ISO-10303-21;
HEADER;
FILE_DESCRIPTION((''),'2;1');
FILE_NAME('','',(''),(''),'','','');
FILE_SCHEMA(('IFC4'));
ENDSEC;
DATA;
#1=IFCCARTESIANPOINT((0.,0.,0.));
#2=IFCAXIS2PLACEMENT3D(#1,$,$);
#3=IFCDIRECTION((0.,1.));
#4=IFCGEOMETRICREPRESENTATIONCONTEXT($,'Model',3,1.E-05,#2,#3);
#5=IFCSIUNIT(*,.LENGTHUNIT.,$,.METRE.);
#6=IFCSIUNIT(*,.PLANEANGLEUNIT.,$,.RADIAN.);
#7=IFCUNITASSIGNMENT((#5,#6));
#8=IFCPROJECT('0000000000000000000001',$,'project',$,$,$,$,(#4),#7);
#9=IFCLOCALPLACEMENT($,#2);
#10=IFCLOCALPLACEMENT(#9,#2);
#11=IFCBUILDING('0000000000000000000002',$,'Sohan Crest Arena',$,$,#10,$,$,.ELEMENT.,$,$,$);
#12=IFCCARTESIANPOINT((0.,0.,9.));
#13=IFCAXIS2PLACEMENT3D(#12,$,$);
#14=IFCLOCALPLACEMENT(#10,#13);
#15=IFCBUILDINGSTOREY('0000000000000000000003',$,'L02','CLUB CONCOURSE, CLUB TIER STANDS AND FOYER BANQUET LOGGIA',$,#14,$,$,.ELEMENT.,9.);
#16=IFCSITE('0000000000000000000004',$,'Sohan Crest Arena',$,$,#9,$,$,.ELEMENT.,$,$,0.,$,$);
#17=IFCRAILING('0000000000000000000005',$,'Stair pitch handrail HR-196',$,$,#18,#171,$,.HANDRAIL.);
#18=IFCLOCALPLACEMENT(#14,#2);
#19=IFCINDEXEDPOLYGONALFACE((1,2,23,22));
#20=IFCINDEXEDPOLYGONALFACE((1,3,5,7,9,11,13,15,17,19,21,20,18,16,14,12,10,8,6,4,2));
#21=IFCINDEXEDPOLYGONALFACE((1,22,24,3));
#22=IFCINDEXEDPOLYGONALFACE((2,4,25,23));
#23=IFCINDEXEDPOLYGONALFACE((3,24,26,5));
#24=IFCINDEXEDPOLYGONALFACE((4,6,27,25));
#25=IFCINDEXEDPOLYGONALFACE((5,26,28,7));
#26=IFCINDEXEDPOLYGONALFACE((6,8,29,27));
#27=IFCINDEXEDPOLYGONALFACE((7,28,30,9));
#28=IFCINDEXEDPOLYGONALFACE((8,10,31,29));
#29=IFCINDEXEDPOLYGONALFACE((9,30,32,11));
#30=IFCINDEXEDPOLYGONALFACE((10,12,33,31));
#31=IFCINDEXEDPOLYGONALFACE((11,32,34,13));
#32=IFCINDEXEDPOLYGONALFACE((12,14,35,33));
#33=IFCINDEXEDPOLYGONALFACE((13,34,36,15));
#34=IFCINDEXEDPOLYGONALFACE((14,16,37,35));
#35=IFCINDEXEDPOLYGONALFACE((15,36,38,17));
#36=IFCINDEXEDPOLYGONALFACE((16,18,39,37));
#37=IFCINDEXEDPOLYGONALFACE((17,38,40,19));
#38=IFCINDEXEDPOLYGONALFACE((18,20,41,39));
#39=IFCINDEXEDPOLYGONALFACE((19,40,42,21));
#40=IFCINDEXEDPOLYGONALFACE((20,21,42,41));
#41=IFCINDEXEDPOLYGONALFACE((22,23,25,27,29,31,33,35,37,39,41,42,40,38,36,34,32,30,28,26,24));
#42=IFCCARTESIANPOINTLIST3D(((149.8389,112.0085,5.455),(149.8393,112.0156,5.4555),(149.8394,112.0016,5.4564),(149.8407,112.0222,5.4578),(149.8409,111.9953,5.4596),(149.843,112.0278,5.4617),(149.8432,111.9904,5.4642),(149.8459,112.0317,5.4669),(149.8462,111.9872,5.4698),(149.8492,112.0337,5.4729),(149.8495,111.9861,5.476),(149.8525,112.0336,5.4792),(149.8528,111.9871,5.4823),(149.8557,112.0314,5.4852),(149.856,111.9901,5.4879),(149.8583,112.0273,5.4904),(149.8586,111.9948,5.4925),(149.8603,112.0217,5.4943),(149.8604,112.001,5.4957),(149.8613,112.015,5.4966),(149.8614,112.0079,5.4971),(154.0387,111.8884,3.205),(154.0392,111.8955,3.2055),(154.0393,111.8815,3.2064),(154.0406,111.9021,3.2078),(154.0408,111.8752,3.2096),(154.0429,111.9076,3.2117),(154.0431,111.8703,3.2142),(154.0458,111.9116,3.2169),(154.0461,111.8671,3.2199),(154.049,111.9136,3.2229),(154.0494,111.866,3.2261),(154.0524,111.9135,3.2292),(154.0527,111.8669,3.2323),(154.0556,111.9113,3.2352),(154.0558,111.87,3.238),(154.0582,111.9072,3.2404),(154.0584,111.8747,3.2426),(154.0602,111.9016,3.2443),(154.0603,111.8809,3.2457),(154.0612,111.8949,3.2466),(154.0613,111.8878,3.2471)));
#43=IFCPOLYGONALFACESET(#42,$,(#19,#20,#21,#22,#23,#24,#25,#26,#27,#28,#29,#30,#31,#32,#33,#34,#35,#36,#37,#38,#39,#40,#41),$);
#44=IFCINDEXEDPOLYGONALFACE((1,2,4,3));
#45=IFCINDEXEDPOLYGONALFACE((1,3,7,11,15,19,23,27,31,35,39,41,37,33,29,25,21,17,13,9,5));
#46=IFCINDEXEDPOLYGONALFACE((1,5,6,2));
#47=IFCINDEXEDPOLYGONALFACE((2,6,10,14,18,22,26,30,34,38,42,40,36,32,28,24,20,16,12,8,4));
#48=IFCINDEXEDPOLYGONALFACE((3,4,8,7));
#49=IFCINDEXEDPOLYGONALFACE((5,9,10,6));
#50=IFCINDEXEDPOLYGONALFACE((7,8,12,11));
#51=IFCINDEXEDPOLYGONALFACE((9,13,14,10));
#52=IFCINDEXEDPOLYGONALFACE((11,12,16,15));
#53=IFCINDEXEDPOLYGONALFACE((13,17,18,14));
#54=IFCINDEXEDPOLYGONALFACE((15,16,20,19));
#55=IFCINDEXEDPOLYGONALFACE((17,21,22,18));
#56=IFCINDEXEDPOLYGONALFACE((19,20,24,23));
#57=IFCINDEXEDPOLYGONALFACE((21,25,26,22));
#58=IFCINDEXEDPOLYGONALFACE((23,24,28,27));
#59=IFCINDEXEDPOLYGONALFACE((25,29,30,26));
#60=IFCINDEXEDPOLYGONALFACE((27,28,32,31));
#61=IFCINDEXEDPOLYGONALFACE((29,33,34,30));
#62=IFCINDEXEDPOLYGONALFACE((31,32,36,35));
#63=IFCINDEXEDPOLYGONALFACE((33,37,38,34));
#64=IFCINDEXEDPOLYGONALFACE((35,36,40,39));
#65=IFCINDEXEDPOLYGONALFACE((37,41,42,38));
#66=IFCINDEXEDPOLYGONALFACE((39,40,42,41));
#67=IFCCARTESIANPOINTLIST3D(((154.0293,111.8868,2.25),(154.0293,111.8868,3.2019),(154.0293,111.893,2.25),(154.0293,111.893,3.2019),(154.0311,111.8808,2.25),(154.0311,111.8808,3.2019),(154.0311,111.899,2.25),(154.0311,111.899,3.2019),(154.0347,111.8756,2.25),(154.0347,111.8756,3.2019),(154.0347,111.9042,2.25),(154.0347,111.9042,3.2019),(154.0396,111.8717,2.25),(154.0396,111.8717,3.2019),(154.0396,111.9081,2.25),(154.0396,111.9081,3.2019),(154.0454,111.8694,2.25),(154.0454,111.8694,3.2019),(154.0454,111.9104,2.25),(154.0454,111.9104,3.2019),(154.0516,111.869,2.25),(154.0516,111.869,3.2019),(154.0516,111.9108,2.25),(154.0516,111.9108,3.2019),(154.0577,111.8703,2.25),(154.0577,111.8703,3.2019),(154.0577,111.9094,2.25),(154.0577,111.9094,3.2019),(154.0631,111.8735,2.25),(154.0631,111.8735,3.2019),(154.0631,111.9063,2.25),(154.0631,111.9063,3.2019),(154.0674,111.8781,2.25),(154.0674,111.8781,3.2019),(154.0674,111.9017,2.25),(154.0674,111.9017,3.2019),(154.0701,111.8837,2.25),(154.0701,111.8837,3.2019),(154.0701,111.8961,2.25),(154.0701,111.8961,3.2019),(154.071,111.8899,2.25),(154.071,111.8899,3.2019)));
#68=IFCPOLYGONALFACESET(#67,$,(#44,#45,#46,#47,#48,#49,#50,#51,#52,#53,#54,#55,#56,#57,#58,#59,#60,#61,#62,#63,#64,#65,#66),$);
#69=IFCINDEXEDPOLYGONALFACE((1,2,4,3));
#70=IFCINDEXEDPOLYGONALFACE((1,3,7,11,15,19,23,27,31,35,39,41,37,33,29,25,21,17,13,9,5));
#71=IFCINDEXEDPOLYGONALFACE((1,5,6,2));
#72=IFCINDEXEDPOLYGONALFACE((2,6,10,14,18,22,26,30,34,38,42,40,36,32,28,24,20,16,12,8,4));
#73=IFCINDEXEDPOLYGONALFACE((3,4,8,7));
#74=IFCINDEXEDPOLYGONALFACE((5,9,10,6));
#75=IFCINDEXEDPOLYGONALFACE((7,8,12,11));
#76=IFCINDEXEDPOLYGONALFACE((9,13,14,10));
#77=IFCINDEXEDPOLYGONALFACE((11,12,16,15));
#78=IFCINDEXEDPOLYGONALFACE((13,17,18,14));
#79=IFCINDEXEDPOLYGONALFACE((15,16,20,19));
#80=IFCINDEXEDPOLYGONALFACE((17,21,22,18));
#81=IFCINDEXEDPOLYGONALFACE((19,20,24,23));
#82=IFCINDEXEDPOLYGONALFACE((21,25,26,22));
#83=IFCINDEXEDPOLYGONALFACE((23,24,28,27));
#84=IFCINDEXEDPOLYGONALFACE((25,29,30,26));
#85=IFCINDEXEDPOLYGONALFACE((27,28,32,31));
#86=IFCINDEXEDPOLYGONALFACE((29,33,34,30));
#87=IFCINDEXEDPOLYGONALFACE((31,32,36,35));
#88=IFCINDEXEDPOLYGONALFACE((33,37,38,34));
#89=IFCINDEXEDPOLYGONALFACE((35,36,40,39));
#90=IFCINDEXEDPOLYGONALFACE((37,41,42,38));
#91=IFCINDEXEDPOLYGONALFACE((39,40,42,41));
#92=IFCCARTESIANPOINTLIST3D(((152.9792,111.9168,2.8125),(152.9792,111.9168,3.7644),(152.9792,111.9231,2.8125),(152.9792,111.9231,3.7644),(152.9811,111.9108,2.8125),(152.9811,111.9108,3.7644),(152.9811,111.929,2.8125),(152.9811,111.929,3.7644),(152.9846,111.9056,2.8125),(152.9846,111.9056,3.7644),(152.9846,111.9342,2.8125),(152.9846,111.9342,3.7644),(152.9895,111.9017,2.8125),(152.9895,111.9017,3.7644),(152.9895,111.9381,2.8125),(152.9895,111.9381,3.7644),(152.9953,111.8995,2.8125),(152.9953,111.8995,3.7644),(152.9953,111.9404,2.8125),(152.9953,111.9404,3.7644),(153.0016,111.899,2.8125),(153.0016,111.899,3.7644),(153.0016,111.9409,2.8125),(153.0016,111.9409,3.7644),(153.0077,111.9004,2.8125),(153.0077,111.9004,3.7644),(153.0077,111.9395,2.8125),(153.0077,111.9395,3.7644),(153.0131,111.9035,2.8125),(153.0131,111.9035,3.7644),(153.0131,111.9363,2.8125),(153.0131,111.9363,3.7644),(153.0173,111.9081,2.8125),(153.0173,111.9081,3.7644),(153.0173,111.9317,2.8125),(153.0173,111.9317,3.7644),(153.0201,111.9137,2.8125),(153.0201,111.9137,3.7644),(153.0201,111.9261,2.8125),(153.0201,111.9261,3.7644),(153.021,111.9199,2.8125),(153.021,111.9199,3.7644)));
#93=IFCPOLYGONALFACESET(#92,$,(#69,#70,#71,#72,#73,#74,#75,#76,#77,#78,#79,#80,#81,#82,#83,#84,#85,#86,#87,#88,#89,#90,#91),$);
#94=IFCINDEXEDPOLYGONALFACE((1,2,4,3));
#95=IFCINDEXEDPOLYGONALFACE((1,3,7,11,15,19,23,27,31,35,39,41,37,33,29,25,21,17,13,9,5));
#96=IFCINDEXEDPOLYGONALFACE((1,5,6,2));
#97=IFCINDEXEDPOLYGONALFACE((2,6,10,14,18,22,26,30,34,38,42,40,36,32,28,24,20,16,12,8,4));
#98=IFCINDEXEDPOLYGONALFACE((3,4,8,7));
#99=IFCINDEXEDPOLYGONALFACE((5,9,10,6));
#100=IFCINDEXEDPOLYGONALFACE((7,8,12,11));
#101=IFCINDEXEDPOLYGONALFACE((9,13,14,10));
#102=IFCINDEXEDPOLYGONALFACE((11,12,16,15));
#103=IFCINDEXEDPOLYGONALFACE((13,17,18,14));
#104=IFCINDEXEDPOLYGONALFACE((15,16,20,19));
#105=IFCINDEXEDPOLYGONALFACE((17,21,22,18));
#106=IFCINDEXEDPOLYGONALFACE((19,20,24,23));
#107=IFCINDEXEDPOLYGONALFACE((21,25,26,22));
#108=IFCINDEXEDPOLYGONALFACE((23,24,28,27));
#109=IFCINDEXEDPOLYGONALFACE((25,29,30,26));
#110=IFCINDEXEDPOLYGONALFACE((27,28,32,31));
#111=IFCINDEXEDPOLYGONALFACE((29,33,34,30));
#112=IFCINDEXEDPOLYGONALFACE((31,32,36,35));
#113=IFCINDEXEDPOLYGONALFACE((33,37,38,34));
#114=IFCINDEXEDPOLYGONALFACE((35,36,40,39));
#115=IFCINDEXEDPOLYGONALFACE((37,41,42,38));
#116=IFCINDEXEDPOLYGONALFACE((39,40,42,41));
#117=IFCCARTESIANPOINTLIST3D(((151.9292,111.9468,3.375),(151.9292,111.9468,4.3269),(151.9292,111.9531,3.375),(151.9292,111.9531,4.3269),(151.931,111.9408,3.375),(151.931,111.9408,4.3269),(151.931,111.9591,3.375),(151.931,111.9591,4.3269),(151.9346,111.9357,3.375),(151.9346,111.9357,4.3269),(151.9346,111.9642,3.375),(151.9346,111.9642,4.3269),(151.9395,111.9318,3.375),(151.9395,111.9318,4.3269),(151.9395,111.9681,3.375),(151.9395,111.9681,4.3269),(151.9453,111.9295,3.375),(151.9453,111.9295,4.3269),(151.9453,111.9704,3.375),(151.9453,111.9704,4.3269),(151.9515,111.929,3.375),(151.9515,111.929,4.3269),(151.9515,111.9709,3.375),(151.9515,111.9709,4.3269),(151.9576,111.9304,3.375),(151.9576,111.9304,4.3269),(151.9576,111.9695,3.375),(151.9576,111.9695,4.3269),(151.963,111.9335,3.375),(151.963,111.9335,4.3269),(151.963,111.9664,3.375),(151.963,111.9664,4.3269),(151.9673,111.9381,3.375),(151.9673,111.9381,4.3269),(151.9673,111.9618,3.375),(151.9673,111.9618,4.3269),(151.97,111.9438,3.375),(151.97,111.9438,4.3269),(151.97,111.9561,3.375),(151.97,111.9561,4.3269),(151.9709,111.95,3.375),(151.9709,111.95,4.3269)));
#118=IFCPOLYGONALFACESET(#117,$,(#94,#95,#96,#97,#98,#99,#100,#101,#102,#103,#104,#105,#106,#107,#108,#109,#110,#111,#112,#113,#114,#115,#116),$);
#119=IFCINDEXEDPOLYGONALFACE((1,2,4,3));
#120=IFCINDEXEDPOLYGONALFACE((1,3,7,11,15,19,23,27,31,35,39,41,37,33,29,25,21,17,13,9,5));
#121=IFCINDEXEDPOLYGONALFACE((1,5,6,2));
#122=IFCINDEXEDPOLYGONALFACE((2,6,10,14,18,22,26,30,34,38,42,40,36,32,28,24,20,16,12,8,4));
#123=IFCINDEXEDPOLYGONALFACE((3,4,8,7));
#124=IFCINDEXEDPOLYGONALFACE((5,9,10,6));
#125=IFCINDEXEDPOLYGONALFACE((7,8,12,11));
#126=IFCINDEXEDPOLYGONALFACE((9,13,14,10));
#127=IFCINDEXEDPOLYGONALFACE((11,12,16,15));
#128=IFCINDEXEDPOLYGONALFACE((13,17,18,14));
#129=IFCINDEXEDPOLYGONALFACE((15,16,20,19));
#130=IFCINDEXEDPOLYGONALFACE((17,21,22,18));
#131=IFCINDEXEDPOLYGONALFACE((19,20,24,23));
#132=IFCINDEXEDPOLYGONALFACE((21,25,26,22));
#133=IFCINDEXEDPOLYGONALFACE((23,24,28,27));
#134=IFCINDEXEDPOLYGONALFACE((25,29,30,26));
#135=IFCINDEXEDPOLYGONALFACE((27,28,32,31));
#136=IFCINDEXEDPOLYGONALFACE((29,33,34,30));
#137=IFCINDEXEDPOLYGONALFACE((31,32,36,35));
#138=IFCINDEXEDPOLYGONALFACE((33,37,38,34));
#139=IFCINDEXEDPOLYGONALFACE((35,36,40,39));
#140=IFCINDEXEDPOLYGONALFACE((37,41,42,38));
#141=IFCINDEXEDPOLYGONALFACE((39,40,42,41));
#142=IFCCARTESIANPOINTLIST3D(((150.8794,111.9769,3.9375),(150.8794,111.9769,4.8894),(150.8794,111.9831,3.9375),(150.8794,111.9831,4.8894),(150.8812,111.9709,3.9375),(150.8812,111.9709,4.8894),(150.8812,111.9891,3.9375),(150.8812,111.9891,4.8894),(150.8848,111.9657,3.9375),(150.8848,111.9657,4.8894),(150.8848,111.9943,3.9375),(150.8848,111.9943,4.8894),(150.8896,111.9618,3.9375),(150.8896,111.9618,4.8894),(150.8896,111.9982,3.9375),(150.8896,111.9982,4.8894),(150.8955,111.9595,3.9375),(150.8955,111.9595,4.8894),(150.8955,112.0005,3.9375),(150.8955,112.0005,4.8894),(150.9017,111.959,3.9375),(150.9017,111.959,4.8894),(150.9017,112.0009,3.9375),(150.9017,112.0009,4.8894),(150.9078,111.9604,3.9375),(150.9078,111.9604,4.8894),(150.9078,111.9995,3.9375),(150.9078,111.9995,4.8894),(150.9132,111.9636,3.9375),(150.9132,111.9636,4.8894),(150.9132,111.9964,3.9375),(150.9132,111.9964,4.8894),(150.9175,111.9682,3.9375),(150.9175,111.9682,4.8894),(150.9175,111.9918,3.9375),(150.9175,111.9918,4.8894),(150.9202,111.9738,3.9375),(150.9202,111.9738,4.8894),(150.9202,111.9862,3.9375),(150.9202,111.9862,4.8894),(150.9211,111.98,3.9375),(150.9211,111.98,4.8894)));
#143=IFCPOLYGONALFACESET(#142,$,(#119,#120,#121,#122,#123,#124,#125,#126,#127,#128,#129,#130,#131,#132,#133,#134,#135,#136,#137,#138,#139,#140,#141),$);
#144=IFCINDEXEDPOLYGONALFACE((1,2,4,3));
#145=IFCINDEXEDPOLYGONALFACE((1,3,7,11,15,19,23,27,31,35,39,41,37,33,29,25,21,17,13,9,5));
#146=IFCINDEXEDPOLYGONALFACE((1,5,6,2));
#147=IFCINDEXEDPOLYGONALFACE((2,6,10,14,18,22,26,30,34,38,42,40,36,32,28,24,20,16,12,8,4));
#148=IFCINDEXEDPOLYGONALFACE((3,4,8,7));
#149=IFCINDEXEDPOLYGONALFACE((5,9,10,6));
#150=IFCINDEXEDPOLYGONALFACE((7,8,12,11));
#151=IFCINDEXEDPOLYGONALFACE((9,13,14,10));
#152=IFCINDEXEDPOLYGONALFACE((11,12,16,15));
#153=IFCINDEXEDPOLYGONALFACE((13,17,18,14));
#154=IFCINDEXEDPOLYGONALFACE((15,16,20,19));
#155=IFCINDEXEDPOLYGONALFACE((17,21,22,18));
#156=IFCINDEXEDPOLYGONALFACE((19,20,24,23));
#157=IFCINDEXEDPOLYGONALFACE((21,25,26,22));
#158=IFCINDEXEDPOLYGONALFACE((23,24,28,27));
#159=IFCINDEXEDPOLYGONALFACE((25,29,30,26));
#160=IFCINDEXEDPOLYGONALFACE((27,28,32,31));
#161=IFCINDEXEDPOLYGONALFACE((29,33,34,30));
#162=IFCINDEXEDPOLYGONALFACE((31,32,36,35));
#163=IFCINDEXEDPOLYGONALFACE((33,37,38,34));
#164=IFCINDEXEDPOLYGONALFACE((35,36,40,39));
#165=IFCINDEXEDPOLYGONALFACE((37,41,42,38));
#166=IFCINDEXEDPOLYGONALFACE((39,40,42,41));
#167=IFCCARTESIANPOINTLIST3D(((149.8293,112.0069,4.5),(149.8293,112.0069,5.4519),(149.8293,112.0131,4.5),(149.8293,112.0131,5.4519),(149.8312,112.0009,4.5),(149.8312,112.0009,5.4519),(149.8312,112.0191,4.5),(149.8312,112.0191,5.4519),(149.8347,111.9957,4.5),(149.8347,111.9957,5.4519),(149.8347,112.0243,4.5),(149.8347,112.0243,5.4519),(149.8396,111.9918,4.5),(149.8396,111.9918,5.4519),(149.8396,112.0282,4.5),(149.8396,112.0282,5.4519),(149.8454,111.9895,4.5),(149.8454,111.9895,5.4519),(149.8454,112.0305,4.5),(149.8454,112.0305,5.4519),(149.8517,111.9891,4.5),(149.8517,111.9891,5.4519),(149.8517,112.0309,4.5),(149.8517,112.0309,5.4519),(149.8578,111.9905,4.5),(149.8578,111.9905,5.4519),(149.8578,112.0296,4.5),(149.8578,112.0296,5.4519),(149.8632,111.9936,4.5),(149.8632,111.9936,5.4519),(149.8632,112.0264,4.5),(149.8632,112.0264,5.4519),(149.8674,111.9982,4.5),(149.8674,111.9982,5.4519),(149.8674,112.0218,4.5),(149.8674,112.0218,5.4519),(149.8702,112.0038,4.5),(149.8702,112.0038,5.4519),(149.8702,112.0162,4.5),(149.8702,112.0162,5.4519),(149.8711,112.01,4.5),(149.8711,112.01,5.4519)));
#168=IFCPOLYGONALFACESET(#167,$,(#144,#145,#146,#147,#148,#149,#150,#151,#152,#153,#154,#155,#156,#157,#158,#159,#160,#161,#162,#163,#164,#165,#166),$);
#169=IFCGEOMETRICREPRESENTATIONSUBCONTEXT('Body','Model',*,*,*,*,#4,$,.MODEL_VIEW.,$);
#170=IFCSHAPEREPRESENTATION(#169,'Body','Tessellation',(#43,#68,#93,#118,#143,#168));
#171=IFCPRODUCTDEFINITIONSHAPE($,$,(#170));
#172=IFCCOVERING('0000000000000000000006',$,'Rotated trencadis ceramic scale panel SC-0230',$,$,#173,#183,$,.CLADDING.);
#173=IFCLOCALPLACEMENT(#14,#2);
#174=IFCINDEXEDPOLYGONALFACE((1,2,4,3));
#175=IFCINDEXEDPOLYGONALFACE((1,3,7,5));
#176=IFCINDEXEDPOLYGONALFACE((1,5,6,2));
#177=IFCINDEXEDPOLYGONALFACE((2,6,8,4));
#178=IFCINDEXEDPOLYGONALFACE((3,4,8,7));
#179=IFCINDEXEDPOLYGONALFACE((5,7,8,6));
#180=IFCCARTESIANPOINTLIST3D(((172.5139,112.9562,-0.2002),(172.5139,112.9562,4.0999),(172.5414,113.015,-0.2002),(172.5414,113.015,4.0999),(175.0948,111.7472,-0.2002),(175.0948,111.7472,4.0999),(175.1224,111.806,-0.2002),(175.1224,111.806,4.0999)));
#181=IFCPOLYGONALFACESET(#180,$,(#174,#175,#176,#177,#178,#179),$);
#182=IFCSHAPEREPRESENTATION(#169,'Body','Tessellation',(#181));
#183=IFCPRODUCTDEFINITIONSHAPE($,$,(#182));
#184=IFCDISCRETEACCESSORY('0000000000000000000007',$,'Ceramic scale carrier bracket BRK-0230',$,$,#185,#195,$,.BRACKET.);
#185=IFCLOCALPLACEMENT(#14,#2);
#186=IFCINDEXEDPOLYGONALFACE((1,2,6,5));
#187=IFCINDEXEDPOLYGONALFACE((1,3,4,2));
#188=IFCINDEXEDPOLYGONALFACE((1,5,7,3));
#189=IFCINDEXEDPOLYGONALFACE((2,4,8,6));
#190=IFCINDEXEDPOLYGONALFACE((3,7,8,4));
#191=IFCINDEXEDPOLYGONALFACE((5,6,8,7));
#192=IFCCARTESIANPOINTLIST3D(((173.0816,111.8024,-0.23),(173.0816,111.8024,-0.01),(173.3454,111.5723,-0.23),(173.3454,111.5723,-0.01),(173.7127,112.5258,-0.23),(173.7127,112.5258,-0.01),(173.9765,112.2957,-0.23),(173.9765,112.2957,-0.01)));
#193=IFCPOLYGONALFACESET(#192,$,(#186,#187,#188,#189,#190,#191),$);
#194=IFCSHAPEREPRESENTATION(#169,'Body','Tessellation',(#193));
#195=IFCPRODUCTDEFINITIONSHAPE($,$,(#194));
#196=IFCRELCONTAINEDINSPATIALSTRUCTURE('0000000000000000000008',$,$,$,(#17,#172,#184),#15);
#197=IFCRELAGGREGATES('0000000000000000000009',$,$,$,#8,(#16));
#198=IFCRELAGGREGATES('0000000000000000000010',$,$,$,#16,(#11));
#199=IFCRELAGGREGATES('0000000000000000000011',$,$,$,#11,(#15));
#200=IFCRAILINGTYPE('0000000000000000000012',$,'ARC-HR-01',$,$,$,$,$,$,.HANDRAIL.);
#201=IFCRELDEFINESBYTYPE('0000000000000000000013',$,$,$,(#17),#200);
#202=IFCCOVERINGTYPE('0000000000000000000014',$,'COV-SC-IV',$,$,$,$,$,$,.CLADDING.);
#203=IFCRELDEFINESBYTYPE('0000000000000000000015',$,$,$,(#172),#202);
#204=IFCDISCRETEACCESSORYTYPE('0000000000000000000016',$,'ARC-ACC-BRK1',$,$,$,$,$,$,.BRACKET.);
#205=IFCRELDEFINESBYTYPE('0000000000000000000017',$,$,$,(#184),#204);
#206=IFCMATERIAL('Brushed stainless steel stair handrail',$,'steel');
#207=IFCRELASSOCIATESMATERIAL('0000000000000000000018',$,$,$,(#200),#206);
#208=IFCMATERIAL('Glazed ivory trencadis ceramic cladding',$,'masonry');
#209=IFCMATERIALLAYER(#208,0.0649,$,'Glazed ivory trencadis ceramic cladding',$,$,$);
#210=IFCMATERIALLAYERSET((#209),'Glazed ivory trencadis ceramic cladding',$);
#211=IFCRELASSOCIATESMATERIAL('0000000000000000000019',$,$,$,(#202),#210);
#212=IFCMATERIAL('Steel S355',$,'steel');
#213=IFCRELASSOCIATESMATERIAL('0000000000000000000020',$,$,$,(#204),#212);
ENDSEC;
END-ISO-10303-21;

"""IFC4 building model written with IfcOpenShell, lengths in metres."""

from ifc_helpers import new_model, si_unit, direction, frame, origin, origin_2d, place, context, subcontext, project, spatial, rectangle, circle, extrude, material, layer, layer_set, type_object, element, save


model = new_model("IFC4")

# Units and contexts
model_context = context("Model", 3, precision=1e-05, world=origin(), true_north=direction((0.0, 1.0)))
body_context = subcontext(model_context, "Body", "Model", "MODEL_VIEW")
ifc_project = project(units=[si_unit("LENGTHUNIT", "METRE"), si_unit("PLANEANGLEUNIT", "RADIAN")], contexts=[model_context])

# Site, building, storey
site_placement = place(None, origin())
site = spatial("IfcSite", under=ifc_project, at=site_placement, Name="Sohan Crest Arena", CompositionType="ELEMENT", RefElevation=0.0)
building_placement = place(site_placement, origin())
building = spatial("IfcBuilding", under=site, at=building_placement, Name="Sohan Crest Arena", CompositionType="ELEMENT")
storey_placement = place(building_placement, frame((0.0, 0.0, 9.0)))
storey = spatial("IfcBuildingStorey", under=building, at=storey_placement, Name="L02", Description="CLUB CONCOURSE, CLUB TIER STANDS AND FOYER BANQUET LOGGIA", CompositionType="ELEMENT", Elevation=9.0)

# Shared definitions
ifc_material_1 = material(Name="Steel S355", Category="steel")

# Railing
ifc_material_2 = material(Name="Brushed stainless steel stair handrail", Category="steel")
railing_type_1 = type_object("IfcRailingType", Name="ARC-HR-01", PredefinedType="HANDRAIL", material=ifc_material_2)
railing_1_placement = place(storey_placement, frame((154.05, 111.8899, 2.25)))
element("IfcRailing", 1, at=railing_1_placement, inside=storey, type_object=railing_type_1, Name="Stair pitch handrail HR-196", PredefinedType="HANDRAIL", context=body_context, shape_type="SweptSolid", body=[
    extrude(circle(Radius=0.0239, at=origin_2d()), frame((0.0, 0.0, 0.9761), z_axis=(-0.881198, 0.025202, 0.472076), x_axis=(-0.028588, -0.999591, 0.0)), (0.0, 0.0, 1.0), 4.7661),
    extrude(circle(Radius=0.021, at=origin_2d()), origin(), (0.0, 0.0, 1.0), 0.9519),
    extrude(circle(Radius=0.021, at=origin_2d()), frame((-1.05, 0.03, 0.5625)), (0.0, 0.0, 1.0), 0.9519),
    extrude(circle(Radius=0.021, at=origin_2d()), frame((-2.1001, 0.0601, 1.125)), (0.0, 0.0, 1.0), 0.9519),
    extrude(circle(Radius=0.021, at=origin_2d()), frame((-3.1499, 0.0901, 1.6875)), (0.0, 0.0, 1.0), 0.9519),
    extrude(circle(Radius=0.021, at=origin_2d()), frame((-4.2, 0.1201, 2.25)), (0.0, 0.0, 1.0), 0.9519),
])

# Covering
ifc_material_3 = material(Name="Glazed ivory trencadis ceramic cladding", Category="masonry")
ifc_layer_1 = layer(ifc_material_3, 0.0649, Name="Glazed ivory trencadis ceramic cladding")
ifc_layer_set_1 = layer_set([ifc_layer_1], Name="Glazed ivory trencadis ceramic cladding")
covering_type = type_object("IfcCoveringType", Name="COV-SC-IV", PredefinedType="CLADDING", material=ifc_layer_set_1)
covering_placement = place(storey_placement, frame((173.8181, 112.3811, -0.2002), z_axis=(0.0, 0.0, 1.0), x_axis=(-0.905569, 0.424199, 0.0)))
element("IfcCovering", 2, at=covering_placement, inside=storey, type_object=covering_type, Name="Rotated trencadis ceramic scale panel SC-0230", PredefinedType="CLADDING", context=body_context, shape_type="SweptSolid", body=[
    extrude(rectangle(XDim=2.8501, YDim=0.0649, at=origin_2d()), origin(), (0.0, 0.0, 1.0), 4.3),
])

# Discrete accessory
discrete_accessory_type = type_object("IfcDiscreteAccessoryType", Name="ARC-ACC-BRK1", PredefinedType="BRACKET", material=ifc_material_1)
discrete_accessory_placement = place(storey_placement, frame((173.5291, 112.0491, -0.23), z_axis=(0.0, 0.0, 1.0), x_axis=(-0.753563, 0.657375, 0.0)))
element("IfcDiscreteAccessory", 3, at=discrete_accessory_placement, inside=storey, type_object=discrete_accessory_type, Name="Ceramic scale carrier bracket BRK-0230", PredefinedType="BRACKET", context=body_context, shape_type="SweptSolid", body=[
    extrude(rectangle(XDim=0.3501, YDim=0.96, at=origin_2d()), origin(), (0.0, 0.0, 1.0), 0.22),
])

save(model, "model.ifc")
